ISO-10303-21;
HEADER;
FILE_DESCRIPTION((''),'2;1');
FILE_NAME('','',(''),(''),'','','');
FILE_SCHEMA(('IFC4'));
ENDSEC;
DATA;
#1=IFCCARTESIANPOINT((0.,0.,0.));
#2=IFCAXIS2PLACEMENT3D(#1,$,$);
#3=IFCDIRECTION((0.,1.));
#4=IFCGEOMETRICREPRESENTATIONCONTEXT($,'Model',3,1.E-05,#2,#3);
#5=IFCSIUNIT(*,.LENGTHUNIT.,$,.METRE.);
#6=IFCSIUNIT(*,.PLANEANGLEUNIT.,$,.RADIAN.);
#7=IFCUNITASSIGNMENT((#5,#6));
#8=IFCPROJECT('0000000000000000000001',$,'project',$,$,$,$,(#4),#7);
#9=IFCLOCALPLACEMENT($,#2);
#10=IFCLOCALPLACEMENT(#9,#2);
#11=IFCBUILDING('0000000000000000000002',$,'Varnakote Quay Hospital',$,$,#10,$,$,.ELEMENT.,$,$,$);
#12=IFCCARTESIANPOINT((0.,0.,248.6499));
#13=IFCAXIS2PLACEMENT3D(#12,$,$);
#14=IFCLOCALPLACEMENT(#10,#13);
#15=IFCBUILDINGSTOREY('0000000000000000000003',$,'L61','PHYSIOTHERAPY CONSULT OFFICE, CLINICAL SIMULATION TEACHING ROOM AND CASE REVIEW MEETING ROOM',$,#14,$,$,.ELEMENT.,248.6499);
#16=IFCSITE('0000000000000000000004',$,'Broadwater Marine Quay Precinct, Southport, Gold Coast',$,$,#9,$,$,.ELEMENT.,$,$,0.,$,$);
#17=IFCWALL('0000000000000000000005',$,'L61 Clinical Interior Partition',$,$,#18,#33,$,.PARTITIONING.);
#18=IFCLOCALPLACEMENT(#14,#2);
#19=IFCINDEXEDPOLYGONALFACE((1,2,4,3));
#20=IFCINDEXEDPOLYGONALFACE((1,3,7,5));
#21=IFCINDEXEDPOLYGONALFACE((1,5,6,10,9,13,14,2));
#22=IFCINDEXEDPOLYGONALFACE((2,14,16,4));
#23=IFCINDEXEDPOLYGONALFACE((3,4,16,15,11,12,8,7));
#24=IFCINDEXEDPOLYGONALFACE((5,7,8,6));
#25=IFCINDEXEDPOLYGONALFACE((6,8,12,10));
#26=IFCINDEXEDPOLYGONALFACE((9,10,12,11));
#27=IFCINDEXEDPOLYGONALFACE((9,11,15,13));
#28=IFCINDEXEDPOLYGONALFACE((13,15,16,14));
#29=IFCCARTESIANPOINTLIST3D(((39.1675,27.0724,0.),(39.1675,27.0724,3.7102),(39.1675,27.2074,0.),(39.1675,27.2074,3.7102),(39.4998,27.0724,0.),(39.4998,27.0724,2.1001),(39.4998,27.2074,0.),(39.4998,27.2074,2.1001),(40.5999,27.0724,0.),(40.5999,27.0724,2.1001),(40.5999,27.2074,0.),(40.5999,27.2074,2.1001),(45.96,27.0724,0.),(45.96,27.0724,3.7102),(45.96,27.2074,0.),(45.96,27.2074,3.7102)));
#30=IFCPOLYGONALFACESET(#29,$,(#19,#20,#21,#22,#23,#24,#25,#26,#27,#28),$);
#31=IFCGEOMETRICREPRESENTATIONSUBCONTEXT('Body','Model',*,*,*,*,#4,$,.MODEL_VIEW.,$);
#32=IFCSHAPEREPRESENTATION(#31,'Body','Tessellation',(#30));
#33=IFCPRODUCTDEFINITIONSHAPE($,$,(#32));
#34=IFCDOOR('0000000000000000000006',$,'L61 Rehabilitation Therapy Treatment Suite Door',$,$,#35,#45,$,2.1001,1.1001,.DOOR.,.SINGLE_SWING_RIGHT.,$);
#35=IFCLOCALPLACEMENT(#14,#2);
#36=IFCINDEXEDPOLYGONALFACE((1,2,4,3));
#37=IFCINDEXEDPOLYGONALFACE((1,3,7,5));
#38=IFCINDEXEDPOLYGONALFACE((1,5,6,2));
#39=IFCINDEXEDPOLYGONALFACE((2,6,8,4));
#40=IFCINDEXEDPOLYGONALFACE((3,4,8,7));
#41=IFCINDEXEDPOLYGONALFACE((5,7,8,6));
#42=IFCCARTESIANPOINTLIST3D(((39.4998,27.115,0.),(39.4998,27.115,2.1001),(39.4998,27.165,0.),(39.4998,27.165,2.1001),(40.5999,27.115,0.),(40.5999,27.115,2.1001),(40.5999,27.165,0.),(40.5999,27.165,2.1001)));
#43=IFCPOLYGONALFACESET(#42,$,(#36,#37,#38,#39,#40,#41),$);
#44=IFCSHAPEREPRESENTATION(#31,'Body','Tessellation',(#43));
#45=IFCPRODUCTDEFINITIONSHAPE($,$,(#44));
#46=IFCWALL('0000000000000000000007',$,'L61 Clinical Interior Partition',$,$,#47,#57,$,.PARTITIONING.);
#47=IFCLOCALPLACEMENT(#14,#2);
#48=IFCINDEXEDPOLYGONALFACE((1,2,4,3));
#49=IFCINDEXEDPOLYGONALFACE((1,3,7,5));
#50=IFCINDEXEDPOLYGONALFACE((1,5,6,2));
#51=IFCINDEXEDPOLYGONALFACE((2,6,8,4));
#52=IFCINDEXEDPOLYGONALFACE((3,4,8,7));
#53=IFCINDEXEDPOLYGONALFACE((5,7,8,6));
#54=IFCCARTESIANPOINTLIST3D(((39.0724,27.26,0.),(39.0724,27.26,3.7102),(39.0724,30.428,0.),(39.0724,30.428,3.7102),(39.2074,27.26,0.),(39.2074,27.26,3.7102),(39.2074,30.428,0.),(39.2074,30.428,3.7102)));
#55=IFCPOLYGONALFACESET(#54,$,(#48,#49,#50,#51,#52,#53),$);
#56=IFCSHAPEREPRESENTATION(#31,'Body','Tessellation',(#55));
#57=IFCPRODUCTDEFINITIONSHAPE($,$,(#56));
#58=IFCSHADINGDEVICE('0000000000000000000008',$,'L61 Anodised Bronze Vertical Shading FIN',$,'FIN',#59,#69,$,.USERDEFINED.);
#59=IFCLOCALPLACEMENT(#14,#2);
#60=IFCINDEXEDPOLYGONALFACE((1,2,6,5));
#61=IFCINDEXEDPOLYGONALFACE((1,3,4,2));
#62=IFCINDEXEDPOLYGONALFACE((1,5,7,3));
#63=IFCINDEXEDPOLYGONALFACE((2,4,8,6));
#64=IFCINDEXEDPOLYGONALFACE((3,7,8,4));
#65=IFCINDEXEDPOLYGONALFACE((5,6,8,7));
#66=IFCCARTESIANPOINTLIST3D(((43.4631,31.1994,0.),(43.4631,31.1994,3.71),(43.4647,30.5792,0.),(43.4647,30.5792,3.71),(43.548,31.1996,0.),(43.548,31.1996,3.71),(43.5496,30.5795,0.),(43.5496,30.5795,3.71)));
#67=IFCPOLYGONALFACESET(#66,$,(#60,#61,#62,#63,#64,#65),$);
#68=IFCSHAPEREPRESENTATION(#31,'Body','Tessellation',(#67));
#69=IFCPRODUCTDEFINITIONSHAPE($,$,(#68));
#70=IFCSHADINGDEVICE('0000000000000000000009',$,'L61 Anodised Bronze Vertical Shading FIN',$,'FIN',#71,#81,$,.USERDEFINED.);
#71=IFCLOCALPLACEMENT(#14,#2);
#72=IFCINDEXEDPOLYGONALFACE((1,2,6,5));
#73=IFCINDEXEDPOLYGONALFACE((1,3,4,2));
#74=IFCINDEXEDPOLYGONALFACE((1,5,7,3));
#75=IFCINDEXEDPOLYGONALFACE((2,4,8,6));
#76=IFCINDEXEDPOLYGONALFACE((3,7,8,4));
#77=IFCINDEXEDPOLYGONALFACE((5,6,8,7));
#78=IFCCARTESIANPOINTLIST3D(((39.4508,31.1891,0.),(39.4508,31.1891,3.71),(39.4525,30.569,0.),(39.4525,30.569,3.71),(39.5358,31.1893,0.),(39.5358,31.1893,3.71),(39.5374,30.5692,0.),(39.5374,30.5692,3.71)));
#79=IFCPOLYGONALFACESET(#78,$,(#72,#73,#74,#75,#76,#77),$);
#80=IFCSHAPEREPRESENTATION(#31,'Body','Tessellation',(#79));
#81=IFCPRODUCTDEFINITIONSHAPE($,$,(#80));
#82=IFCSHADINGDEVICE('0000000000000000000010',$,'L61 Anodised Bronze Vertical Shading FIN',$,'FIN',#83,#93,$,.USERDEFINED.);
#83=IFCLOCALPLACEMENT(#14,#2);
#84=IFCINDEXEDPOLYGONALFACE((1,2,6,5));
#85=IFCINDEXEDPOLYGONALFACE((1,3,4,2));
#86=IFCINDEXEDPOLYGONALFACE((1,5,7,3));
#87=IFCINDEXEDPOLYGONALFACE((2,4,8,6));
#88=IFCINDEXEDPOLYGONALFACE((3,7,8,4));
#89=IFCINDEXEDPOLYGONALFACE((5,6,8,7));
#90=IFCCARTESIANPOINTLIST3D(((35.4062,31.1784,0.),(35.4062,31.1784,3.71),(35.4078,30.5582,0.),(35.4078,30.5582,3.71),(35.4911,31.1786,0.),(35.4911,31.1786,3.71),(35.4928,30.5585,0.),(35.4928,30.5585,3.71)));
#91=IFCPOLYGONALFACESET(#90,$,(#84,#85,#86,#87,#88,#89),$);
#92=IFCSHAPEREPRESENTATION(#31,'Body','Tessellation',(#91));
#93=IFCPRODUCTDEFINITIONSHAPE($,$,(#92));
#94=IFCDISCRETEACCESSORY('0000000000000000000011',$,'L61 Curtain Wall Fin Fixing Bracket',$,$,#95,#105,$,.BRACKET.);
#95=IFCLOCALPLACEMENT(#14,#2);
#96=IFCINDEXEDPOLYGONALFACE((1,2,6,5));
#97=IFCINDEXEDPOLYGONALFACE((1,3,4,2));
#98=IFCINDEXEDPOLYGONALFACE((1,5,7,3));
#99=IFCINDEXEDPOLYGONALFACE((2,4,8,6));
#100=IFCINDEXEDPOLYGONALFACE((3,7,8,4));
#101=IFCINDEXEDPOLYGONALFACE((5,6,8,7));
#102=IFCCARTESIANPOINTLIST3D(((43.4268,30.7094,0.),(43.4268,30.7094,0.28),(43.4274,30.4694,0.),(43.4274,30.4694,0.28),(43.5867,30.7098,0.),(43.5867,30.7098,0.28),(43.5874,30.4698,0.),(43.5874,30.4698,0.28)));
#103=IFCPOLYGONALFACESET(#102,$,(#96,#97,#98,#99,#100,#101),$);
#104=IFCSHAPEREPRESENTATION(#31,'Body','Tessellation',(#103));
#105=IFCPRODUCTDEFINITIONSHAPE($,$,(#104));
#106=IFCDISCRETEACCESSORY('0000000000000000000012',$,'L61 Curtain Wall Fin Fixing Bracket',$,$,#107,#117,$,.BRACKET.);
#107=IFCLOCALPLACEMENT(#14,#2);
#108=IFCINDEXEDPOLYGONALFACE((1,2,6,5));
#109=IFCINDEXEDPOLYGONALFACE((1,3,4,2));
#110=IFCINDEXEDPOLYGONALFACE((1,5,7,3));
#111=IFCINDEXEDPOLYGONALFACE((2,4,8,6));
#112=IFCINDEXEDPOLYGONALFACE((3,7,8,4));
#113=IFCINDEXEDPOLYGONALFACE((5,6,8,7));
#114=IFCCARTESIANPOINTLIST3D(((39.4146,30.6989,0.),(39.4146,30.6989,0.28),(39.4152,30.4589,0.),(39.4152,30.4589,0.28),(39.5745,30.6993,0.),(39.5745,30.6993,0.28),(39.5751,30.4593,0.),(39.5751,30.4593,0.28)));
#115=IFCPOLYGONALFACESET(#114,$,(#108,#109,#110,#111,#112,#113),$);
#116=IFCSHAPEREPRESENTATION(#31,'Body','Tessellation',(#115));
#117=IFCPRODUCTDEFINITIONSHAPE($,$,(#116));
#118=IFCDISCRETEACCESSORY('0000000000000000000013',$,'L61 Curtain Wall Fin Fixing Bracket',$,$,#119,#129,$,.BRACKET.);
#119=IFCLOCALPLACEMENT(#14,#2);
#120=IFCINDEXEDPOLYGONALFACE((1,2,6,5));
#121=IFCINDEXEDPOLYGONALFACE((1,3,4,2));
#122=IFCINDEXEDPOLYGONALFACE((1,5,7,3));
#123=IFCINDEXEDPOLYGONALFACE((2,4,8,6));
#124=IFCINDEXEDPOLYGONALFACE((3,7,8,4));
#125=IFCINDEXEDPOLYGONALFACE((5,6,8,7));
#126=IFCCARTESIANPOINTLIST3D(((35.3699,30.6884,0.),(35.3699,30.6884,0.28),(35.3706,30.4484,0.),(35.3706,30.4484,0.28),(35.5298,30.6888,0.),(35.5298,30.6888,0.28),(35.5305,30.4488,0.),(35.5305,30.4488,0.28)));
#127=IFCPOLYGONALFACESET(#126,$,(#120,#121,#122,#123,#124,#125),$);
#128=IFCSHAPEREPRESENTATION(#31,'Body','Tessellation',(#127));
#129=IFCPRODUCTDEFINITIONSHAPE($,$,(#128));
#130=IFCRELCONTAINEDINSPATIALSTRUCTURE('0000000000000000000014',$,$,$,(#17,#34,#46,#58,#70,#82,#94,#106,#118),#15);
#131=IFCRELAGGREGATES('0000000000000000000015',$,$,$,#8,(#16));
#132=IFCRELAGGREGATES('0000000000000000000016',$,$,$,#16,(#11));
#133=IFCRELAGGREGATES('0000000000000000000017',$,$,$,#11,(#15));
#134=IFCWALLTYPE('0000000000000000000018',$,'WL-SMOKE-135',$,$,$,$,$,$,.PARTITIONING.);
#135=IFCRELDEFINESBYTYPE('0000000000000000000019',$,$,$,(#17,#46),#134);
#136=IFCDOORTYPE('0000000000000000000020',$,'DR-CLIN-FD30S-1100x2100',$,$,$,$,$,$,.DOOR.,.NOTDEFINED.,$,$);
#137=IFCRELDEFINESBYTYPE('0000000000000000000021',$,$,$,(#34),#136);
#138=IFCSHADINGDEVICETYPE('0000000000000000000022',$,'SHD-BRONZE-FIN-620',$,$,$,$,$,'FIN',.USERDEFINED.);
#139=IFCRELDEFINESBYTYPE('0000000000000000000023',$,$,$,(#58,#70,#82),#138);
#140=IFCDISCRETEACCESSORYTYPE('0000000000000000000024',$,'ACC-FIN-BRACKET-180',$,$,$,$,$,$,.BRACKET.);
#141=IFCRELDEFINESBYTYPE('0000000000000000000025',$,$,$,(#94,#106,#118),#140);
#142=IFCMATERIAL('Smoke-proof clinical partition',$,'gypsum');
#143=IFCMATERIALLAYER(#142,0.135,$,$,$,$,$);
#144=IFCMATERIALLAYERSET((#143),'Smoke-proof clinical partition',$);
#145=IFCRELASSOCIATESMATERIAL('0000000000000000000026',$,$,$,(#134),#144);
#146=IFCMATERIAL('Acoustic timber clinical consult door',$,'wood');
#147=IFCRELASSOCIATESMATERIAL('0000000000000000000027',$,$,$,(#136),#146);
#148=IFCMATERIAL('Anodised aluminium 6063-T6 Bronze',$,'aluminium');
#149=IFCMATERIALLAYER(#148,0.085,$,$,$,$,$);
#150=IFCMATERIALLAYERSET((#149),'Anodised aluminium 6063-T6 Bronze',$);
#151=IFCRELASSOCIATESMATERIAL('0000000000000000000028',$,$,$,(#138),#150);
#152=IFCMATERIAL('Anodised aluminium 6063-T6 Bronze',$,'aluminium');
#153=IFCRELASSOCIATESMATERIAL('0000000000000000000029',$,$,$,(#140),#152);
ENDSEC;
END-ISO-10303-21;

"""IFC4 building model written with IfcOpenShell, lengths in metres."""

from ifc_helpers import new_model, si_unit, direction, frame, frame_2d, origin, origin_2d, place, context, subcontext, project, spatial, rectangle, extrude, material, layer, layer_set, type_object, element, fill, save


model = new_model("IFC4")

# Units and contexts
model_context = context("Model", 3, precision=1e-05, world=origin(), true_north=direction((0.0, 1.0)))
body_context = subcontext(model_context, "Body", "Model", "MODEL_VIEW")
ifc_project = project(units=[si_unit("LENGTHUNIT", "METRE"), si_unit("PLANEANGLEUNIT", "RADIAN")], contexts=[model_context])

# Site, building, storey
site_placement = place(None, origin())
site = spatial("IfcSite", under=ifc_project, at=site_placement, Name="Broadwater Marine Quay Precinct, Southport, Gold Coast", CompositionType="ELEMENT", RefElevation=0.0)
building_placement = place(site_placement, origin())
building = spatial("IfcBuilding", under=site, at=building_placement, Name="Varnakote Quay Hospital", CompositionType="ELEMENT")
storey_placement = place(building_placement, frame((0.0, 0.0, 248.6499)))
storey = spatial("IfcBuildingStorey", under=building, at=storey_placement, Name="L61", Description="PHYSIOTHERAPY CONSULT OFFICE, CLINICAL SIMULATION TEACHING ROOM AND CASE REVIEW MEETING ROOM", CompositionType="ELEMENT", Elevation=248.6499)

# Shared definitions
ifc_material_1 = material(Name="Smoke-proof clinical partition", Category="gypsum")
ifc_layer_1 = layer(ifc_material_1, 0.135)
ifc_layer_set_1 = layer_set([ifc_layer_1], Name="Smoke-proof clinical partition")
wall_type_1 = type_object("IfcWallType", Name="WL-SMOKE-135", PredefinedType="PARTITIONING", material=ifc_layer_set_1)
ifc_material_2 = material(Name="Acoustic timber clinical consult door", Category="wood")
door_type = type_object("IfcDoorType", Name="DR-CLIN-FD30S-1100x2100", OperationType="NOTDEFINED", PredefinedType="DOOR", material=ifc_material_2)

# Wall, opening, door
wall_1_placement = place(storey_placement, frame((45.96, 27.1399, 0.0), z_axis=(0.0, 0.0, 1.0), x_axis=(-1.0, 0.0, 0.0)))
wall_1 = element("IfcWall", 1, at=wall_1_placement, inside=storey, type_object=wall_type_1, Name="L61 Clinical Interior Partition", PredefinedType="PARTITIONING", context=body_context, shape_type="SweptSolid", body=[
    extrude(rectangle(XDim=6.7925, YDim=0.135, at=frame_2d((3.3962, 0.0))), origin(), (0.0, 0.0, 1.0), 3.7102),
])
opening_1_placement = place(wall_1_placement, frame((5.3601, 0.0, 0.0)))
opening_1 = element("IfcOpeningElement", 2, at=opening_1_placement, cuts=wall_1, PredefinedType="OPENING", context=body_context, shape_type="SweptSolid", body=[
    extrude(rectangle(XDim=1.1001, YDim=2.1001, at=frame_2d((0.55, 1.05))), frame((0.0, 0.0774, 0.0), z_axis=(0.0, -1.0, 0.0), x_axis=(1.0, 0.0, 0.0)), (0.0, 0.0, 1.0), 0.155),
])
door_1_placement = place(opening_1_placement, origin())
door_1 = element("IfcDoor", 3, at=door_1_placement, inside=storey, type_object=door_type, Name="L61 Rehabilitation Therapy Treatment Suite Door", OperationType="SINGLE_SWING_RIGHT", OverallHeight=2.1001, OverallWidth=1.1001, PredefinedType="DOOR", context=body_context, shape_type="SweptSolid", body=[
    extrude(rectangle(XDim=1.1001, YDim=2.1001, at=frame_2d((0.55, 1.05))), frame((0.0, 0.0249, 0.0), z_axis=(0.0, -1.0, 0.0), x_axis=(1.0, 0.0, 0.0)), (0.0, 0.0, 1.0), 0.05),
])
fill(opening_1, door_1)

# Wall
wall_2_placement = place(storey_placement, frame((39.1399, 27.26, 0.0), z_axis=(0.0, 0.0, 1.0), x_axis=(0.0, 1.0, 0.0)))
element("IfcWall", 4, at=wall_2_placement, inside=storey, type_object=wall_type_1, Name="L61 Clinical Interior Partition", PredefinedType="PARTITIONING", context=body_context, shape_type="SweptSolid", body=[
    extrude(rectangle(XDim=3.168, YDim=0.135, at=frame_2d((1.584, 0.0))), origin(), (0.0, 0.0, 1.0), 3.7102),
])

# Shading devices
ifc_material_3 = material(Name="Anodised aluminium 6063-T6 Bronze", Category="aluminium")
ifc_layer_2 = layer(ifc_material_3, 0.085)
ifc_layer_set_2 = layer_set([ifc_layer_2], Name="Anodised aluminium 6063-T6 Bronze")
shading_device_type = type_object("IfcShadingDeviceType", Name="SHD-BRONZE-FIN-620", ElementType="FIN", PredefinedType="USERDEFINED", material=ifc_layer_set_2)
for number, where, z_axis, x_axis, name in (
    (5, (43.5063, 30.8894, 0.0), (0.0, 0.0, 1.0), (0.002618, -0.999997, 0.0), "L61 Anodised Bronze Vertical Shading FIN"),
    (6, (39.4941, 30.8792, 0.0), (0.0, 0.0, 1.0), (0.002618, -0.999997, 0.0), "L61 Anodised Bronze Vertical Shading FIN"),
    (7, (35.4495, 30.8684, 0.0), (0.0, 0.0, 1.0), (0.002618, -0.999997, 0.0), "L61 Anodised Bronze Vertical Shading FIN"),
):
    element("IfcShadingDevice", number, at=place(storey_placement, frame(where, z_axis=z_axis, x_axis=x_axis)), inside=storey, type_object=shading_device_type, Name=name, ObjectType="FIN", PredefinedType="USERDEFINED", context=body_context, shape_type="SweptSolid", body=[
        extrude(rectangle(XDim=0.6201, YDim=0.085, at=origin_2d()), origin(), (0.0, 0.0, 1.0), 3.71),
    ])

# Discrete accessories
ifc_material_4 = material(Name="Anodised aluminium 6063-T6 Bronze", Category="aluminium")
discrete_accessory_type = type_object("IfcDiscreteAccessoryType", Name="ACC-FIN-BRACKET-180", PredefinedType="BRACKET", material=ifc_material_4)
for number, where, z_axis, x_axis, name in (
    (8, (43.5071, 30.5896, 0.0), (0.0, 0.0, 1.0), (-0.999997, -0.002618, 0.0), "L61 Curtain Wall Fin Fixing Bracket"),
    (9, (39.4949, 30.5791, 0.0), (0.0, 0.0, 1.0), (-0.999997, -0.002618, 0.0), "L61 Curtain Wall Fin Fixing Bracket"),
    (10, (35.4502, 30.5686, 0.0), (0.0, 0.0, 1.0), (-0.999997, -0.002618, 0.0), "L61 Curtain Wall Fin Fixing Bracket"),
):
    element("IfcDiscreteAccessory", number, at=place(storey_placement, frame(where, z_axis=z_axis, x_axis=x_axis)), inside=storey, type_object=discrete_accessory_type, Name=name, PredefinedType="BRACKET", context=body_context, shape_type="SweptSolid", body=[
        extrude(rectangle(XDim=0.1599, YDim=0.24, at=origin_2d()), origin(), (0.0, 0.0, 1.0), 0.28),
    ])

save(model, "model.ifc")
